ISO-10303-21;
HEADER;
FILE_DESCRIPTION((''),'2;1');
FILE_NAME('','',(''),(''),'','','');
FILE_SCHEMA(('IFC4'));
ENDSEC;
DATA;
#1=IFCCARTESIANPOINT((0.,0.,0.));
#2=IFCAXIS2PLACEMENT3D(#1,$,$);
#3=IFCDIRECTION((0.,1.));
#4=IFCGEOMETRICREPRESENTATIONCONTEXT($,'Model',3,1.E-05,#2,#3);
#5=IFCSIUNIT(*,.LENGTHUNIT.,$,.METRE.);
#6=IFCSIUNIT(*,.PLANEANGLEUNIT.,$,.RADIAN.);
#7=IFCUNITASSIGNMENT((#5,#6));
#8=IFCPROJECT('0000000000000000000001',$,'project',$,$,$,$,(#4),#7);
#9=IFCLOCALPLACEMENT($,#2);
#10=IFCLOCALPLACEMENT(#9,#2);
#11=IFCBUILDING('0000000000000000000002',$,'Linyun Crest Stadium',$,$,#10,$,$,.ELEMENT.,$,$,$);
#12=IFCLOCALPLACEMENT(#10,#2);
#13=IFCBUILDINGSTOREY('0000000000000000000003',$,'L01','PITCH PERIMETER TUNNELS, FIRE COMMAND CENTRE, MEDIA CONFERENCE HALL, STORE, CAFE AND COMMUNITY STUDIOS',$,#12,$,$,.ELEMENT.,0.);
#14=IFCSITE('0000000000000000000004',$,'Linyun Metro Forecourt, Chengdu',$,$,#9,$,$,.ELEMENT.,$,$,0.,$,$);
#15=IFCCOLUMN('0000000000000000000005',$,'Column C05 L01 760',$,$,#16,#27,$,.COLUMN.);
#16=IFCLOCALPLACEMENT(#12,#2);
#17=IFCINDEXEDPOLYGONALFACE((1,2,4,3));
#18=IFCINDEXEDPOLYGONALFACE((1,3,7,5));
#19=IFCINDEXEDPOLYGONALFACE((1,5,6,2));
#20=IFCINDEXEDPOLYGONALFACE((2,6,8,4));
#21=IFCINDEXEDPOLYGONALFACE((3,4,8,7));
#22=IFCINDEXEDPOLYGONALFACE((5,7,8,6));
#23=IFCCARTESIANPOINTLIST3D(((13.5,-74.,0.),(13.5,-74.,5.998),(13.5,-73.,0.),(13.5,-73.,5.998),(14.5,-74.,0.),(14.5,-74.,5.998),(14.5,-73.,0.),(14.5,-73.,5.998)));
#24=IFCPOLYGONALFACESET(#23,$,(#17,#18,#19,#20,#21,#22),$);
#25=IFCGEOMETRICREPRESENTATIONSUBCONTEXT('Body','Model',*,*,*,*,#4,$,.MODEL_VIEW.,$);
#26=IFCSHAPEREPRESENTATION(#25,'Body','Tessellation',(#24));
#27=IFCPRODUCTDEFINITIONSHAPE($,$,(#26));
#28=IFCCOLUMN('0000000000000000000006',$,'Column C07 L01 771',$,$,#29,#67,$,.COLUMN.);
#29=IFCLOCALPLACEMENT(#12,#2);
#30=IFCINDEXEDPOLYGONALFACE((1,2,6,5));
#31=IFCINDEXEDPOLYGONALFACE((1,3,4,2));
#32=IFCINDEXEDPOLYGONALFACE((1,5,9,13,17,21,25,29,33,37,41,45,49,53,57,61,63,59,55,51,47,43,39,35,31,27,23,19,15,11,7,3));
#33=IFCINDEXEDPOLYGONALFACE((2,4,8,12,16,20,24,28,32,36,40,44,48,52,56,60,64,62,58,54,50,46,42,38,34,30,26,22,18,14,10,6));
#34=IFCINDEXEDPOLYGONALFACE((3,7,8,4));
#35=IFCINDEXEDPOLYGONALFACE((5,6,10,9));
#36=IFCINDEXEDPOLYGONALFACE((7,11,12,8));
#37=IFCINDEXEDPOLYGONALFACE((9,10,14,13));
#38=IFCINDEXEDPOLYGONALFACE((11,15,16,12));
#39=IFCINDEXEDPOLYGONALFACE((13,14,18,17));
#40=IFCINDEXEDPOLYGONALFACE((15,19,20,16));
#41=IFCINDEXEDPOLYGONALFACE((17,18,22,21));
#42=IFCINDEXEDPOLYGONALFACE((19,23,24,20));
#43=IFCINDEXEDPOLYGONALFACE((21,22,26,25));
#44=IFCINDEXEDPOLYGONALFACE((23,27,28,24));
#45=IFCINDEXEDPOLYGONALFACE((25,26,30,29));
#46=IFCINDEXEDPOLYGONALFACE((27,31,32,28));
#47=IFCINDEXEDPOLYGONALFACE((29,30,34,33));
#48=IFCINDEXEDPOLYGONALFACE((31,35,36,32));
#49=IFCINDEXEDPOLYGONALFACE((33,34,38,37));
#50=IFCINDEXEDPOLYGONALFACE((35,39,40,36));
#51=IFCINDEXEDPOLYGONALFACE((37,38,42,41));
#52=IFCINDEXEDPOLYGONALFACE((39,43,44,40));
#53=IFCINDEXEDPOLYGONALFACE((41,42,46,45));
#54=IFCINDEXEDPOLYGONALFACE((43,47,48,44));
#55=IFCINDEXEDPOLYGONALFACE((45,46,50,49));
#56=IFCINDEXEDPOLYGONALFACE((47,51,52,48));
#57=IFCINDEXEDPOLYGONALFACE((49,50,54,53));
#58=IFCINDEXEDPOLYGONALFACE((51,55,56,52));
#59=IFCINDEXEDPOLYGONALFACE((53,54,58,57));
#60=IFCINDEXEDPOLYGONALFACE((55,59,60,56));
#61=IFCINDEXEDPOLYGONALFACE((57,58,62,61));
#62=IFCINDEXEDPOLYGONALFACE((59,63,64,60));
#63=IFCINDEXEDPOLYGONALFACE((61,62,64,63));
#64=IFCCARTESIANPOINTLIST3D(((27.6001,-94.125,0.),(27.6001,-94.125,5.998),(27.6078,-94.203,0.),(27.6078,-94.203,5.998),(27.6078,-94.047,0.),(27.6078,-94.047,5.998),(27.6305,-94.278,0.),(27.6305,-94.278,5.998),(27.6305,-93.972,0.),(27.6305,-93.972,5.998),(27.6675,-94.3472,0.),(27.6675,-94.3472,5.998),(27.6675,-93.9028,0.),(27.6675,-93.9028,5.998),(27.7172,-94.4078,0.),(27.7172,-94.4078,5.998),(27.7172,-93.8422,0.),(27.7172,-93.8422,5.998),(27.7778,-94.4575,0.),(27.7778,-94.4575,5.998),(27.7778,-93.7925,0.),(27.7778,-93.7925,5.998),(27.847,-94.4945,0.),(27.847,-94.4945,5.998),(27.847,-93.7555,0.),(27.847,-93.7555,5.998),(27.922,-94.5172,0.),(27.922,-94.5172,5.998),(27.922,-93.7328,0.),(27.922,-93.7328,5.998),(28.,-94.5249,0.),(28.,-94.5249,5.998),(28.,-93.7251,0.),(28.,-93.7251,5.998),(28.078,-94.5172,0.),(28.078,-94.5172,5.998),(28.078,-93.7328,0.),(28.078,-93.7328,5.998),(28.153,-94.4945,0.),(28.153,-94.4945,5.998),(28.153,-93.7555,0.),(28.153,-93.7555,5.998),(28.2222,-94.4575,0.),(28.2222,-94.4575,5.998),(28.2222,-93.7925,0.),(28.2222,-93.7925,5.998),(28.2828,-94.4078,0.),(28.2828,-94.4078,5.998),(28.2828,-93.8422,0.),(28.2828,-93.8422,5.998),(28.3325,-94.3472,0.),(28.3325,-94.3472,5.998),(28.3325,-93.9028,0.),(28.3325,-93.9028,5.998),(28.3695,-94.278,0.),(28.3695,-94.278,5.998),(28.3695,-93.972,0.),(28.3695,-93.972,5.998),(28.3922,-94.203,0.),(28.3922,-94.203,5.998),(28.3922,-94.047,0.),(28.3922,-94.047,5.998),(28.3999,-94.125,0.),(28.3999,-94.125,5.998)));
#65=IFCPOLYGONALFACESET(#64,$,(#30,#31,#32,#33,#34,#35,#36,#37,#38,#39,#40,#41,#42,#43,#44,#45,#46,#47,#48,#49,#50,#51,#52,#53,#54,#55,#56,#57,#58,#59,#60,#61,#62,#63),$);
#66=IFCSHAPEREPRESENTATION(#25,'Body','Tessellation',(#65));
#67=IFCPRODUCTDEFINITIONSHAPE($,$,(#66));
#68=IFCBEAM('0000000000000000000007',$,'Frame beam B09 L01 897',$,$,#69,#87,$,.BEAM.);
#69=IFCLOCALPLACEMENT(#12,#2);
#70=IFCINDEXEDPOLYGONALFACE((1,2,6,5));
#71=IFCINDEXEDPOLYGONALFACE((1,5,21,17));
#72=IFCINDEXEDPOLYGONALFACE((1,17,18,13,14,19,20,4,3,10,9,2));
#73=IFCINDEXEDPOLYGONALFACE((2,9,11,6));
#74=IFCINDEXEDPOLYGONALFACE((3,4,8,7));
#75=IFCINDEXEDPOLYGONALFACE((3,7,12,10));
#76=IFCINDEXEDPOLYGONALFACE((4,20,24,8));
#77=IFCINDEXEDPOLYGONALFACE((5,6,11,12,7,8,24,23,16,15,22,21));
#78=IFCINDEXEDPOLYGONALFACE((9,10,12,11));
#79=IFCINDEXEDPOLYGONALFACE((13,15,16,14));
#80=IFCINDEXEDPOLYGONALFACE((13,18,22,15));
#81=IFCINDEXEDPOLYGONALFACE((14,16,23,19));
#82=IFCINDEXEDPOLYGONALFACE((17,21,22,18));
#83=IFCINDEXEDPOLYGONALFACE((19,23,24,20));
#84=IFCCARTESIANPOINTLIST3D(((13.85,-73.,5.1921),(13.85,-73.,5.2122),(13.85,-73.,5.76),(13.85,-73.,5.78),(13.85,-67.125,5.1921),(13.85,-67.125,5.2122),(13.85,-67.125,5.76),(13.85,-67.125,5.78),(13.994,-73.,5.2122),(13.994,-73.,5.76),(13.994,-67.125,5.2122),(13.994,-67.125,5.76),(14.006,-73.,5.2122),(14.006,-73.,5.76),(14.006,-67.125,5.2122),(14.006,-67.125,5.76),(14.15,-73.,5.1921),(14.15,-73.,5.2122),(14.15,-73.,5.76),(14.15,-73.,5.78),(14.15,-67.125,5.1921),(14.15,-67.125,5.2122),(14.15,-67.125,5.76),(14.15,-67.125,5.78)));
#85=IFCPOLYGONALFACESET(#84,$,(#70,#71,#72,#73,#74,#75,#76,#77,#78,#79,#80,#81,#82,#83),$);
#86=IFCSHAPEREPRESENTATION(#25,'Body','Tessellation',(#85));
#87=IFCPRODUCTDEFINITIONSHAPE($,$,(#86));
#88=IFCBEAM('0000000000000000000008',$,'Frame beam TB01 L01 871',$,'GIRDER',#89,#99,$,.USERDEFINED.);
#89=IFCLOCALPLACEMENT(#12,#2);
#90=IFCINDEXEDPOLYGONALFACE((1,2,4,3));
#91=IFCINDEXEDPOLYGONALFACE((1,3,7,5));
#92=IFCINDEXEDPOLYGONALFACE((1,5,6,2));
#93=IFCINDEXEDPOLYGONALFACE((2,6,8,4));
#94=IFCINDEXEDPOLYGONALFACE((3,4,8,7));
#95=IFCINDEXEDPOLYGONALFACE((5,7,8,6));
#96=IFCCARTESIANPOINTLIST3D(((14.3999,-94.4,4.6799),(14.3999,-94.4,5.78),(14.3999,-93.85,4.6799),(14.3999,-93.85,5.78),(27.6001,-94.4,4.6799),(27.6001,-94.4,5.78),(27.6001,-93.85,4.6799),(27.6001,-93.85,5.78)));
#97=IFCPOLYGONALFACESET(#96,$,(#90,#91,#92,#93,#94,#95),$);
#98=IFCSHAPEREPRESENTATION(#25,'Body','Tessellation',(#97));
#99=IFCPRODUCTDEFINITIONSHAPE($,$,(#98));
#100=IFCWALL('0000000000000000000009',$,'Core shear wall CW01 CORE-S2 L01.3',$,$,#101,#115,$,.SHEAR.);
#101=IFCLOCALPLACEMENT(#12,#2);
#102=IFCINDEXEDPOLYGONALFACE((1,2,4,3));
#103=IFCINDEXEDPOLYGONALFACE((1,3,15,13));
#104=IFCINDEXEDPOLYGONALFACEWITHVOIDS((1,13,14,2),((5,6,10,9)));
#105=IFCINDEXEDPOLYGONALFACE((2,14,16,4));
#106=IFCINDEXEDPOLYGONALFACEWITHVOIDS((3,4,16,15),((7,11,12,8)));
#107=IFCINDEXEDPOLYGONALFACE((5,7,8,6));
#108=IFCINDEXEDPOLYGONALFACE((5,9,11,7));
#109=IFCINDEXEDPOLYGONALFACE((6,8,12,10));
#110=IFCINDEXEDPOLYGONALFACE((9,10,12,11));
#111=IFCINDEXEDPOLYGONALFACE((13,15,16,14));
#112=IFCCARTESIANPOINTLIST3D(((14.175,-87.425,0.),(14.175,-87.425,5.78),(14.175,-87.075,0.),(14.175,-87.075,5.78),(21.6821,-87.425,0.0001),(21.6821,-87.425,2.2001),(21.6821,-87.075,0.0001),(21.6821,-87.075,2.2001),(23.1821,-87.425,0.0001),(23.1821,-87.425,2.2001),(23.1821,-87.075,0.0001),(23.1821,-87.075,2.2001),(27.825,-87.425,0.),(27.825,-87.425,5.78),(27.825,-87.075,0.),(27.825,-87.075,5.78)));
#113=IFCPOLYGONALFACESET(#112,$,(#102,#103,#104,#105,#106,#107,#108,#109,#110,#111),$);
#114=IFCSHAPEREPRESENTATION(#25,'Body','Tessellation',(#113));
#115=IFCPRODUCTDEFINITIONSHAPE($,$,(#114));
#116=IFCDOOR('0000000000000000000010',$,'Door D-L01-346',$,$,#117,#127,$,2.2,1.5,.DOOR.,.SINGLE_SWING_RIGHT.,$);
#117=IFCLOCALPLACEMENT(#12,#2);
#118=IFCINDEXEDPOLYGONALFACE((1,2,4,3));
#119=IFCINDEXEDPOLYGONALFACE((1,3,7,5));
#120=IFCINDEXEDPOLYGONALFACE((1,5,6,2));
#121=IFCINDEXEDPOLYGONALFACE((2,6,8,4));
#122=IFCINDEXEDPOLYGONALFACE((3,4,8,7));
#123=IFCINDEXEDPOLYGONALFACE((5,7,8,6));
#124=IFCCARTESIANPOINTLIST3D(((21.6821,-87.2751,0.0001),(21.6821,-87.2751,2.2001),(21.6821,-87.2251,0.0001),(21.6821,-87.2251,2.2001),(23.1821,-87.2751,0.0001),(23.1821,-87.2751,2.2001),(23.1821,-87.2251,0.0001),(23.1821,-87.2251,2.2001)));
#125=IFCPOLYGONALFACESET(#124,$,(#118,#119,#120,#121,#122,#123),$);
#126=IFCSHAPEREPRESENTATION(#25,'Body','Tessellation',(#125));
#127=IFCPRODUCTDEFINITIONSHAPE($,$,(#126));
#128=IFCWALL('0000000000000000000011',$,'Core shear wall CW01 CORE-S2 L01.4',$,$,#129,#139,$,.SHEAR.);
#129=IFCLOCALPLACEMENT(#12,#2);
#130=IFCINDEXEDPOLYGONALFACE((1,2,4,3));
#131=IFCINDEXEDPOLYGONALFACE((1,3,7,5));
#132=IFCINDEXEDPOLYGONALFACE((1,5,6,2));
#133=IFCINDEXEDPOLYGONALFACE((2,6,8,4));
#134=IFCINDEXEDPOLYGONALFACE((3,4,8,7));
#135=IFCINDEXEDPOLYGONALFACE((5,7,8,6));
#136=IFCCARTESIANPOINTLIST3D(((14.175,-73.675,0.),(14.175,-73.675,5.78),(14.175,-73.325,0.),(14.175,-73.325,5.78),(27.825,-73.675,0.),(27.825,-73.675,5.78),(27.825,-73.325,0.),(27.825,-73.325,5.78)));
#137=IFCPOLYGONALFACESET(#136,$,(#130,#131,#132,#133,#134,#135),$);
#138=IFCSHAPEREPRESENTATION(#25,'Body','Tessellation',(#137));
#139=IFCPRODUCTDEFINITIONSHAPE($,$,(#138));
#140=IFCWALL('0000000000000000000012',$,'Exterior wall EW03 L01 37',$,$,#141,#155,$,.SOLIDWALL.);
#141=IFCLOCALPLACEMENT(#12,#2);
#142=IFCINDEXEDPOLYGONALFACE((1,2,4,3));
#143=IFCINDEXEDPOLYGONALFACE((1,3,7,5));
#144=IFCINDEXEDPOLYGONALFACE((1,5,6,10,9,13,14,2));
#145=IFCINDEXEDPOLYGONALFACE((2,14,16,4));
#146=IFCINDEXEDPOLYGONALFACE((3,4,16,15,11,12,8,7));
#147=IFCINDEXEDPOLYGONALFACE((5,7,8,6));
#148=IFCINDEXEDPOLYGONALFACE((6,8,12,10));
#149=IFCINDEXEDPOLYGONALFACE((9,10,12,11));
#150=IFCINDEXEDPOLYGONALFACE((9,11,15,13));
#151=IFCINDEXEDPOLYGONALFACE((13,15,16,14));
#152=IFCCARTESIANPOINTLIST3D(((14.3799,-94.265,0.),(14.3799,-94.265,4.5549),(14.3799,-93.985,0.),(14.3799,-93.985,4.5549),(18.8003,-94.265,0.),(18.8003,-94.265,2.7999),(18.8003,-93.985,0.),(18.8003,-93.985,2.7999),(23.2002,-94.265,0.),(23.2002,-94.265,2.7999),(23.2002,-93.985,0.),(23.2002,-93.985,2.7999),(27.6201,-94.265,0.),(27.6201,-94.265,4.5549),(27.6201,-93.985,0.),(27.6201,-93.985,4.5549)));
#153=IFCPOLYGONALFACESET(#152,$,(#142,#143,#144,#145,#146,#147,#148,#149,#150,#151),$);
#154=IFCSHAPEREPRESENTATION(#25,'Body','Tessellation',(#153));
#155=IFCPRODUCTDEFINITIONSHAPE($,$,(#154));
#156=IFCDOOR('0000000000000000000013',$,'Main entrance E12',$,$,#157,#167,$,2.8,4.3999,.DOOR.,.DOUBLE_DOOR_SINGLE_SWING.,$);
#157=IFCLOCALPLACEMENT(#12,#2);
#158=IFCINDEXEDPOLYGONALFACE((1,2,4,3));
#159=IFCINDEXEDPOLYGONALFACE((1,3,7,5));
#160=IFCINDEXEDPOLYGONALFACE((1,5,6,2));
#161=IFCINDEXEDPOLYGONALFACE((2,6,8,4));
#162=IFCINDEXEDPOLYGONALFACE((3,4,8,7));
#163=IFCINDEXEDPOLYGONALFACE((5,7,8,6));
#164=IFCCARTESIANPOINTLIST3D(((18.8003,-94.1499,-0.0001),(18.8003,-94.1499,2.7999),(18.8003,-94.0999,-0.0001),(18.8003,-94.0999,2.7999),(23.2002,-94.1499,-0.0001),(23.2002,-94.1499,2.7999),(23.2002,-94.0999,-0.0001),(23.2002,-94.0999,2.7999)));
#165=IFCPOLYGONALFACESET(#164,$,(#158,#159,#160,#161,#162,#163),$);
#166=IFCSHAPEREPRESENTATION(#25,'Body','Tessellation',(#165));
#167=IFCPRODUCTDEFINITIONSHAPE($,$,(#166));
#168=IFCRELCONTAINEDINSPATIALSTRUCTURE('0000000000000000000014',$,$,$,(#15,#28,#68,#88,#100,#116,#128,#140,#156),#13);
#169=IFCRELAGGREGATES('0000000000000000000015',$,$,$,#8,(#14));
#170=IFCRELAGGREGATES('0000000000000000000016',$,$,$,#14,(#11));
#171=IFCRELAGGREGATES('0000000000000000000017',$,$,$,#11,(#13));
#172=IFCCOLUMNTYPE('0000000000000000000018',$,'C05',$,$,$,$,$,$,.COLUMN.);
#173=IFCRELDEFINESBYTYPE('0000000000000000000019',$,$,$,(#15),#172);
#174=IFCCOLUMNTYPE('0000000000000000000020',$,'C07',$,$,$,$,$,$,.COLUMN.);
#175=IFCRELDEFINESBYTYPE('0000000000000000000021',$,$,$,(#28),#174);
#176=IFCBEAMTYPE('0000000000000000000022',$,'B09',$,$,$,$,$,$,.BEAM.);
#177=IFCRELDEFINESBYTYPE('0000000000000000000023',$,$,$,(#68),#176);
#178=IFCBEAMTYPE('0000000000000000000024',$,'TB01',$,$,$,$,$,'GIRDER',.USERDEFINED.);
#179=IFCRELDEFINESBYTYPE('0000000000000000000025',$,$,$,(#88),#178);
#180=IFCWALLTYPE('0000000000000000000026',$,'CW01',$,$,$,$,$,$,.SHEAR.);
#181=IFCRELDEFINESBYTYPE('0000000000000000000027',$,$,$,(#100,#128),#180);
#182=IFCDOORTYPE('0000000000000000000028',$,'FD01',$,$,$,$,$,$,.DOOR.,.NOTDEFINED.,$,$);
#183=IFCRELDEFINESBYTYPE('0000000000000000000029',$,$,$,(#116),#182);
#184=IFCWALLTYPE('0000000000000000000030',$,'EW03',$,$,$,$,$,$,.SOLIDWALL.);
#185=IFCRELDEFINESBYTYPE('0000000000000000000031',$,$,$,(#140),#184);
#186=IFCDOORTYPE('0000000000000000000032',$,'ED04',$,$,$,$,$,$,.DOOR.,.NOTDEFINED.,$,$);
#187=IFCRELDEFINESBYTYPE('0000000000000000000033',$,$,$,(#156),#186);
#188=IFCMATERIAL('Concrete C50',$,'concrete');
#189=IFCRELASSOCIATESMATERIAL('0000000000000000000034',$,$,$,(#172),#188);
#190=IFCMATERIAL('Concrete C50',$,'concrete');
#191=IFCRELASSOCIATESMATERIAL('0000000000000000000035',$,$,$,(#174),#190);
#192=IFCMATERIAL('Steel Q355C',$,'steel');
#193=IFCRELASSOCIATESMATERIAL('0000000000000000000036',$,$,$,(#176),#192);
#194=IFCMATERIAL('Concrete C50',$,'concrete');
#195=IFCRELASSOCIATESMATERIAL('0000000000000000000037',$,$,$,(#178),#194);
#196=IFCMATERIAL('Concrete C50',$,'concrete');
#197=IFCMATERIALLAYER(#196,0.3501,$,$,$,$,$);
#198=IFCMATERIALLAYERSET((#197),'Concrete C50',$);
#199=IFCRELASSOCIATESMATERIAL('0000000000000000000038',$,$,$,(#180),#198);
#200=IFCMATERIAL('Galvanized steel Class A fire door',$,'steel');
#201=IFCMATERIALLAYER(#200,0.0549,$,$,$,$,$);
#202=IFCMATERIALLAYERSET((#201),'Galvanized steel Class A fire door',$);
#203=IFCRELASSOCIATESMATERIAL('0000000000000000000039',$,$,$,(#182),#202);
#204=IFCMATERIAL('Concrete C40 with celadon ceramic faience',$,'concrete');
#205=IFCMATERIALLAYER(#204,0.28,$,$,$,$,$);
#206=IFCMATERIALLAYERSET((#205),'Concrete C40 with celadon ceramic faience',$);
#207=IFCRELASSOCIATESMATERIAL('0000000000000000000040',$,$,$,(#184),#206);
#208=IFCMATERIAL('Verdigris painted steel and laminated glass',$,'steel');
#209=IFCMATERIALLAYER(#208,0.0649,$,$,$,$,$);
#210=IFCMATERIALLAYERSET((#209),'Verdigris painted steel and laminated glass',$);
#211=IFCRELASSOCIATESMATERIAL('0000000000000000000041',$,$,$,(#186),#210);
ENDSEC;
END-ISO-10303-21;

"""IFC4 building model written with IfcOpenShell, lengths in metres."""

from ifc_helpers import new_model, si_unit, direction, frame, frame_2d, origin, origin_2d, place, context, subcontext, project, spatial, rectangle, circle, i_section, extrude, material, layer, layer_set, material_profile, profile_set, type_object, element, fill, save


model = new_model("IFC4")

# Units and contexts
model_context = context("Model", 3, precision=1e-05, world=origin(), true_north=direction((0.0, 1.0)))
body_context = subcontext(model_context, "Body", "Model", "MODEL_VIEW")
ifc_project = project(units=[si_unit("LENGTHUNIT", "METRE"), si_unit("PLANEANGLEUNIT", "RADIAN")], contexts=[model_context])

# Site, building, storey
site_placement = place(None, origin())
site = spatial("IfcSite", under=ifc_project, at=site_placement, Name="Linyun Metro Forecourt, Chengdu", CompositionType="ELEMENT", RefElevation=0.0)
building_placement = place(site_placement, origin())
building = spatial("IfcBuilding", under=site, at=building_placement, Name="Linyun Crest Stadium", CompositionType="ELEMENT")
storey_placement = place(building_placement, origin())
storey = spatial("IfcBuildingStorey", under=building, at=storey_placement, Name="L01", Description="PITCH PERIMETER TUNNELS, FIRE COMMAND CENTRE, MEDIA CONFERENCE HALL, STORE, CAFE AND COMMUNITY STUDIOS", CompositionType="ELEMENT", Elevation=0.0)

# Columns
ifc_material_1 = material(Name="Concrete C50", Category="concrete")
ifc_material_profile_1 = material_profile(ifc_material_1, rectangle(XDim=1.0, YDim=1.0, at=origin_2d()), Name="RC 1000x1000")
ifc_profile_set_1 = profile_set([ifc_material_profile_1], Name="Concrete C50")
column_type_1 = type_object("IfcColumnType", Name="C05", PredefinedType="COLUMN", material=ifc_profile_set_1)
column_1_placement = place(storey_placement, frame((14.0, -73.5, 0.0), z_axis=(0.0, 0.0, 1.0), x_axis=(1.0, 0.0, 0.0)))
element("IfcColumn", 1, at=column_1_placement, inside=storey, type_object=column_type_1, Name="Column C05 L01 760", PredefinedType="COLUMN", context=body_context, shape_type="SweptSolid", body=[
    extrude(rectangle(XDim=1.0, YDim=1.0, at=origin_2d()), origin(), (0.0, 0.0, 1.0), 5.998),
])
ifc_material_2 = material(Name="Concrete C50", Category="concrete")
ifc_material_profile_2 = material_profile(ifc_material_2, circle(Radius=0.3999, at=origin_2d()), Name="RC D800")
ifc_profile_set_2 = profile_set([ifc_material_profile_2], Name="Concrete C50")
column_type_2 = type_object("IfcColumnType", Name="C07", PredefinedType="COLUMN", material=ifc_profile_set_2)
column_2_placement = place(storey_placement, frame((28.0, -94.125, 0.0), z_axis=(0.0, 0.0, 1.0), x_axis=(1.0, 0.0, 0.0)))
element("IfcColumn", 2, at=column_2_placement, inside=storey, type_object=column_type_2, Name="Column C07 L01 771", PredefinedType="COLUMN", context=body_context, shape_type="SweptSolid", body=[
    extrude(circle(Radius=0.3999, at=origin_2d()), origin(), (0.0, 0.0, 1.0), 5.998),
])

# Beams
ifc_material_3 = material(Name="Steel Q355C", Category="steel")
ifc_material_profile_3 = material_profile(ifc_material_3, i_section(OverallWidth=0.3, OverallDepth=0.5879, WebThickness=0.012, FlangeThickness=0.02, at=origin_2d()), Name="HM 588x300")
ifc_profile_set_3 = profile_set([ifc_material_profile_3], Name="Steel Q355C")
beam_type_1 = type_object("IfcBeamType", Name="B09", PredefinedType="BEAM", material=ifc_profile_set_3)
beam_1_placement = place(storey_placement, frame((14.0, -73.0, 5.4861), z_axis=(0.0, 1.0, 0.0), x_axis=(-1.0, 0.0, 0.0)))
element("IfcBeam", 3, at=beam_1_placement, inside=storey, type_object=beam_type_1, Name="Frame beam B09 L01 897", PredefinedType="BEAM", context=body_context, shape_type="SweptSolid", body=[
    extrude(i_section(OverallWidth=0.3, OverallDepth=0.5879, WebThickness=0.012, FlangeThickness=0.02, at=origin_2d()), origin(), (0.0, 0.0, 1.0), 5.875),
])
ifc_material_4 = material(Name="Concrete C50", Category="concrete")
ifc_material_profile_4 = material_profile(ifc_material_4, rectangle(XDim=0.55, YDim=1.1001, at=origin_2d()), Name="RCB 1100x550")
ifc_profile_set_4 = profile_set([ifc_material_profile_4], Name="Concrete C50")
beam_type_2 = type_object("IfcBeamType", Name="TB01", ElementType="GIRDER", PredefinedType="USERDEFINED", material=ifc_profile_set_4)
beam_2_placement = place(storey_placement, frame((14.3999, -94.125, 5.23), z_axis=(1.0, 0.0, 0.0), x_axis=(0.0, 1.0, 0.0)))
element("IfcBeam", 4, at=beam_2_placement, inside=storey, type_object=beam_type_2, Name="Frame beam TB01 L01 871", ObjectType="GIRDER", PredefinedType="USERDEFINED", context=body_context, shape_type="SweptSolid", body=[
    extrude(rectangle(XDim=0.55, YDim=1.1001, at=origin_2d()), origin(), (0.0, 0.0, 1.0), 13.2002),
])

# Wall, opening, door
ifc_material_5 = material(Name="Concrete C50", Category="concrete")
ifc_layer_1 = layer(ifc_material_5, 0.3501)
ifc_layer_set_1 = layer_set([ifc_layer_1], Name="Concrete C50")
wall_type_1 = type_object("IfcWallType", Name="CW01", PredefinedType="SHEAR", material=ifc_layer_set_1)
wall_1_placement = place(storey_placement, frame((14.175, -87.25, 0.0), z_axis=(0.0, 0.0, 1.0), x_axis=(1.0, 0.0, 0.0)))
wall_1 = element("IfcWall", 5, at=wall_1_placement, inside=storey, type_object=wall_type_1, Name="Core shear wall CW01 CORE-S2 L01.3", PredefinedType="SHEAR", context=body_context, shape_type="SweptSolid", body=[
    extrude(rectangle(XDim=13.6499, YDim=0.3501, at=frame_2d((6.825, 0.0))), origin(), (0.0, 0.0, 1.0), 5.78),
])
opening_1_placement = place(wall_1_placement, frame((7.5071, 0.0, 0.0)))
opening_1 = element("IfcOpeningElement", 6, at=opening_1_placement, cuts=wall_1, PredefinedType="OPENING", context=body_context, shape_type="SweptSolid", body=[
    extrude(rectangle(XDim=1.5, YDim=2.2, at=frame_2d((0.75, 1.1001))), frame((0.0, 0.1851, 0.0), z_axis=(0.0, -1.0, 0.0), x_axis=(1.0, 0.0, 0.0)), (0.0, 0.0, 1.0), 0.3701),
])
ifc_material_6 = material(Name="Galvanized steel Class A fire door", Category="steel")
ifc_layer_2 = layer(ifc_material_6, 0.0549)
ifc_layer_set_2 = layer_set([ifc_layer_2], Name="Galvanized steel Class A fire door")
door_type_1 = type_object("IfcDoorType", Name="FD01", OperationType="NOTDEFINED", PredefinedType="DOOR", material=ifc_layer_set_2)
door_1_placement = place(opening_1_placement, origin())
door_1 = element("IfcDoor", 7, at=door_1_placement, inside=storey, type_object=door_type_1, Name="Door D-L01-346", OperationType="SINGLE_SWING_RIGHT", OverallHeight=2.2, OverallWidth=1.5, PredefinedType="DOOR", context=body_context, shape_type="SweptSolid", body=[
    extrude(rectangle(XDim=1.5, YDim=2.2, at=frame_2d((0.75, 1.1001))), frame((0.0, 0.0249, 0.0), z_axis=(0.0, -1.0, 0.0), x_axis=(1.0, 0.0, 0.0)), (0.0, 0.0, 1.0), 0.05),
])
fill(opening_1, door_1)

# Wall
wall_2_placement = place(storey_placement, frame((14.175, -73.5, 0.0), z_axis=(0.0, 0.0, 1.0), x_axis=(1.0, 0.0, 0.0)))
element("IfcWall", 8, at=wall_2_placement, inside=storey, type_object=wall_type_1, Name="Core shear wall CW01 CORE-S2 L01.4", PredefinedType="SHEAR", context=body_context, shape_type="SweptSolid", body=[
    extrude(rectangle(XDim=13.6499, YDim=0.3501, at=frame_2d((6.825, 0.0))), origin(), (0.0, 0.0, 1.0), 5.78),
])

# Wall, opening, door
ifc_material_7 = material(Name="Concrete C40 with celadon ceramic faience", Category="concrete")
ifc_layer_3 = layer(ifc_material_7, 0.28)
ifc_layer_set_3 = layer_set([ifc_layer_3], Name="Concrete C40 with celadon ceramic faience")
wall_type_2 = type_object("IfcWallType", Name="EW03", PredefinedType="SOLIDWALL", material=ifc_layer_set_3)
wall_3_placement = place(storey_placement, frame((27.6201, -94.125, 0.0), z_axis=(0.0, 0.0, 1.0), x_axis=(-1.0, 0.0, 0.0)))
wall_3 = element("IfcWall", 9, at=wall_3_placement, inside=storey, type_object=wall_type_2, Name="Exterior wall EW03 L01 37", PredefinedType="SOLIDWALL", context=body_context, shape_type="SweptSolid", body=[
    extrude(rectangle(XDim=13.2402, YDim=0.28, at=frame_2d((6.6201, 0.0))), origin(), (0.0, 0.0, 1.0), 4.5549),
])
opening_2_placement = place(wall_3_placement, frame((4.4199, 0.0, 0.0)))
opening_2 = element("IfcOpeningElement", 10, at=opening_2_placement, cuts=wall_3, PredefinedType="OPENING", context=body_context, shape_type="SweptSolid", body=[
    extrude(rectangle(XDim=4.3999, YDim=2.8, at=frame_2d((2.2, 1.3999))), frame((0.0, 0.1499, 0.0), z_axis=(0.0, -1.0, 0.0), x_axis=(1.0, 0.0, 0.0)), (0.0, 0.0, 1.0), 0.3),
])
ifc_material_8 = material(Name="Verdigris painted steel and laminated glass", Category="steel")
ifc_layer_4 = layer(ifc_material_8, 0.0649)
ifc_layer_set_4 = layer_set([ifc_layer_4], Name="Verdigris painted steel and laminated glass")
door_type_2 = type_object("IfcDoorType", Name="ED04", OperationType="NOTDEFINED", PredefinedType="DOOR", material=ifc_layer_set_4)
door_2_placement = place(opening_2_placement, origin())
door_2 = element("IfcDoor", 11, at=door_2_placement, inside=storey, type_object=door_type_2, Name="Main entrance E12", OperationType="DOUBLE_DOOR_SINGLE_SWING", OverallHeight=2.8, OverallWidth=4.3999, PredefinedType="DOOR", context=body_context, shape_type="SweptSolid", body=[
    extrude(rectangle(XDim=4.3999, YDim=2.8, at=frame_2d((2.2, 1.3999))), frame((0.0, 0.0249, 0.0), z_axis=(0.0, -1.0, 0.0), x_axis=(1.0, 0.0, 0.0)), (0.0, 0.0, 1.0), 0.05),
])
fill(opening_2, door_2)

save(model, "model.ifc")
